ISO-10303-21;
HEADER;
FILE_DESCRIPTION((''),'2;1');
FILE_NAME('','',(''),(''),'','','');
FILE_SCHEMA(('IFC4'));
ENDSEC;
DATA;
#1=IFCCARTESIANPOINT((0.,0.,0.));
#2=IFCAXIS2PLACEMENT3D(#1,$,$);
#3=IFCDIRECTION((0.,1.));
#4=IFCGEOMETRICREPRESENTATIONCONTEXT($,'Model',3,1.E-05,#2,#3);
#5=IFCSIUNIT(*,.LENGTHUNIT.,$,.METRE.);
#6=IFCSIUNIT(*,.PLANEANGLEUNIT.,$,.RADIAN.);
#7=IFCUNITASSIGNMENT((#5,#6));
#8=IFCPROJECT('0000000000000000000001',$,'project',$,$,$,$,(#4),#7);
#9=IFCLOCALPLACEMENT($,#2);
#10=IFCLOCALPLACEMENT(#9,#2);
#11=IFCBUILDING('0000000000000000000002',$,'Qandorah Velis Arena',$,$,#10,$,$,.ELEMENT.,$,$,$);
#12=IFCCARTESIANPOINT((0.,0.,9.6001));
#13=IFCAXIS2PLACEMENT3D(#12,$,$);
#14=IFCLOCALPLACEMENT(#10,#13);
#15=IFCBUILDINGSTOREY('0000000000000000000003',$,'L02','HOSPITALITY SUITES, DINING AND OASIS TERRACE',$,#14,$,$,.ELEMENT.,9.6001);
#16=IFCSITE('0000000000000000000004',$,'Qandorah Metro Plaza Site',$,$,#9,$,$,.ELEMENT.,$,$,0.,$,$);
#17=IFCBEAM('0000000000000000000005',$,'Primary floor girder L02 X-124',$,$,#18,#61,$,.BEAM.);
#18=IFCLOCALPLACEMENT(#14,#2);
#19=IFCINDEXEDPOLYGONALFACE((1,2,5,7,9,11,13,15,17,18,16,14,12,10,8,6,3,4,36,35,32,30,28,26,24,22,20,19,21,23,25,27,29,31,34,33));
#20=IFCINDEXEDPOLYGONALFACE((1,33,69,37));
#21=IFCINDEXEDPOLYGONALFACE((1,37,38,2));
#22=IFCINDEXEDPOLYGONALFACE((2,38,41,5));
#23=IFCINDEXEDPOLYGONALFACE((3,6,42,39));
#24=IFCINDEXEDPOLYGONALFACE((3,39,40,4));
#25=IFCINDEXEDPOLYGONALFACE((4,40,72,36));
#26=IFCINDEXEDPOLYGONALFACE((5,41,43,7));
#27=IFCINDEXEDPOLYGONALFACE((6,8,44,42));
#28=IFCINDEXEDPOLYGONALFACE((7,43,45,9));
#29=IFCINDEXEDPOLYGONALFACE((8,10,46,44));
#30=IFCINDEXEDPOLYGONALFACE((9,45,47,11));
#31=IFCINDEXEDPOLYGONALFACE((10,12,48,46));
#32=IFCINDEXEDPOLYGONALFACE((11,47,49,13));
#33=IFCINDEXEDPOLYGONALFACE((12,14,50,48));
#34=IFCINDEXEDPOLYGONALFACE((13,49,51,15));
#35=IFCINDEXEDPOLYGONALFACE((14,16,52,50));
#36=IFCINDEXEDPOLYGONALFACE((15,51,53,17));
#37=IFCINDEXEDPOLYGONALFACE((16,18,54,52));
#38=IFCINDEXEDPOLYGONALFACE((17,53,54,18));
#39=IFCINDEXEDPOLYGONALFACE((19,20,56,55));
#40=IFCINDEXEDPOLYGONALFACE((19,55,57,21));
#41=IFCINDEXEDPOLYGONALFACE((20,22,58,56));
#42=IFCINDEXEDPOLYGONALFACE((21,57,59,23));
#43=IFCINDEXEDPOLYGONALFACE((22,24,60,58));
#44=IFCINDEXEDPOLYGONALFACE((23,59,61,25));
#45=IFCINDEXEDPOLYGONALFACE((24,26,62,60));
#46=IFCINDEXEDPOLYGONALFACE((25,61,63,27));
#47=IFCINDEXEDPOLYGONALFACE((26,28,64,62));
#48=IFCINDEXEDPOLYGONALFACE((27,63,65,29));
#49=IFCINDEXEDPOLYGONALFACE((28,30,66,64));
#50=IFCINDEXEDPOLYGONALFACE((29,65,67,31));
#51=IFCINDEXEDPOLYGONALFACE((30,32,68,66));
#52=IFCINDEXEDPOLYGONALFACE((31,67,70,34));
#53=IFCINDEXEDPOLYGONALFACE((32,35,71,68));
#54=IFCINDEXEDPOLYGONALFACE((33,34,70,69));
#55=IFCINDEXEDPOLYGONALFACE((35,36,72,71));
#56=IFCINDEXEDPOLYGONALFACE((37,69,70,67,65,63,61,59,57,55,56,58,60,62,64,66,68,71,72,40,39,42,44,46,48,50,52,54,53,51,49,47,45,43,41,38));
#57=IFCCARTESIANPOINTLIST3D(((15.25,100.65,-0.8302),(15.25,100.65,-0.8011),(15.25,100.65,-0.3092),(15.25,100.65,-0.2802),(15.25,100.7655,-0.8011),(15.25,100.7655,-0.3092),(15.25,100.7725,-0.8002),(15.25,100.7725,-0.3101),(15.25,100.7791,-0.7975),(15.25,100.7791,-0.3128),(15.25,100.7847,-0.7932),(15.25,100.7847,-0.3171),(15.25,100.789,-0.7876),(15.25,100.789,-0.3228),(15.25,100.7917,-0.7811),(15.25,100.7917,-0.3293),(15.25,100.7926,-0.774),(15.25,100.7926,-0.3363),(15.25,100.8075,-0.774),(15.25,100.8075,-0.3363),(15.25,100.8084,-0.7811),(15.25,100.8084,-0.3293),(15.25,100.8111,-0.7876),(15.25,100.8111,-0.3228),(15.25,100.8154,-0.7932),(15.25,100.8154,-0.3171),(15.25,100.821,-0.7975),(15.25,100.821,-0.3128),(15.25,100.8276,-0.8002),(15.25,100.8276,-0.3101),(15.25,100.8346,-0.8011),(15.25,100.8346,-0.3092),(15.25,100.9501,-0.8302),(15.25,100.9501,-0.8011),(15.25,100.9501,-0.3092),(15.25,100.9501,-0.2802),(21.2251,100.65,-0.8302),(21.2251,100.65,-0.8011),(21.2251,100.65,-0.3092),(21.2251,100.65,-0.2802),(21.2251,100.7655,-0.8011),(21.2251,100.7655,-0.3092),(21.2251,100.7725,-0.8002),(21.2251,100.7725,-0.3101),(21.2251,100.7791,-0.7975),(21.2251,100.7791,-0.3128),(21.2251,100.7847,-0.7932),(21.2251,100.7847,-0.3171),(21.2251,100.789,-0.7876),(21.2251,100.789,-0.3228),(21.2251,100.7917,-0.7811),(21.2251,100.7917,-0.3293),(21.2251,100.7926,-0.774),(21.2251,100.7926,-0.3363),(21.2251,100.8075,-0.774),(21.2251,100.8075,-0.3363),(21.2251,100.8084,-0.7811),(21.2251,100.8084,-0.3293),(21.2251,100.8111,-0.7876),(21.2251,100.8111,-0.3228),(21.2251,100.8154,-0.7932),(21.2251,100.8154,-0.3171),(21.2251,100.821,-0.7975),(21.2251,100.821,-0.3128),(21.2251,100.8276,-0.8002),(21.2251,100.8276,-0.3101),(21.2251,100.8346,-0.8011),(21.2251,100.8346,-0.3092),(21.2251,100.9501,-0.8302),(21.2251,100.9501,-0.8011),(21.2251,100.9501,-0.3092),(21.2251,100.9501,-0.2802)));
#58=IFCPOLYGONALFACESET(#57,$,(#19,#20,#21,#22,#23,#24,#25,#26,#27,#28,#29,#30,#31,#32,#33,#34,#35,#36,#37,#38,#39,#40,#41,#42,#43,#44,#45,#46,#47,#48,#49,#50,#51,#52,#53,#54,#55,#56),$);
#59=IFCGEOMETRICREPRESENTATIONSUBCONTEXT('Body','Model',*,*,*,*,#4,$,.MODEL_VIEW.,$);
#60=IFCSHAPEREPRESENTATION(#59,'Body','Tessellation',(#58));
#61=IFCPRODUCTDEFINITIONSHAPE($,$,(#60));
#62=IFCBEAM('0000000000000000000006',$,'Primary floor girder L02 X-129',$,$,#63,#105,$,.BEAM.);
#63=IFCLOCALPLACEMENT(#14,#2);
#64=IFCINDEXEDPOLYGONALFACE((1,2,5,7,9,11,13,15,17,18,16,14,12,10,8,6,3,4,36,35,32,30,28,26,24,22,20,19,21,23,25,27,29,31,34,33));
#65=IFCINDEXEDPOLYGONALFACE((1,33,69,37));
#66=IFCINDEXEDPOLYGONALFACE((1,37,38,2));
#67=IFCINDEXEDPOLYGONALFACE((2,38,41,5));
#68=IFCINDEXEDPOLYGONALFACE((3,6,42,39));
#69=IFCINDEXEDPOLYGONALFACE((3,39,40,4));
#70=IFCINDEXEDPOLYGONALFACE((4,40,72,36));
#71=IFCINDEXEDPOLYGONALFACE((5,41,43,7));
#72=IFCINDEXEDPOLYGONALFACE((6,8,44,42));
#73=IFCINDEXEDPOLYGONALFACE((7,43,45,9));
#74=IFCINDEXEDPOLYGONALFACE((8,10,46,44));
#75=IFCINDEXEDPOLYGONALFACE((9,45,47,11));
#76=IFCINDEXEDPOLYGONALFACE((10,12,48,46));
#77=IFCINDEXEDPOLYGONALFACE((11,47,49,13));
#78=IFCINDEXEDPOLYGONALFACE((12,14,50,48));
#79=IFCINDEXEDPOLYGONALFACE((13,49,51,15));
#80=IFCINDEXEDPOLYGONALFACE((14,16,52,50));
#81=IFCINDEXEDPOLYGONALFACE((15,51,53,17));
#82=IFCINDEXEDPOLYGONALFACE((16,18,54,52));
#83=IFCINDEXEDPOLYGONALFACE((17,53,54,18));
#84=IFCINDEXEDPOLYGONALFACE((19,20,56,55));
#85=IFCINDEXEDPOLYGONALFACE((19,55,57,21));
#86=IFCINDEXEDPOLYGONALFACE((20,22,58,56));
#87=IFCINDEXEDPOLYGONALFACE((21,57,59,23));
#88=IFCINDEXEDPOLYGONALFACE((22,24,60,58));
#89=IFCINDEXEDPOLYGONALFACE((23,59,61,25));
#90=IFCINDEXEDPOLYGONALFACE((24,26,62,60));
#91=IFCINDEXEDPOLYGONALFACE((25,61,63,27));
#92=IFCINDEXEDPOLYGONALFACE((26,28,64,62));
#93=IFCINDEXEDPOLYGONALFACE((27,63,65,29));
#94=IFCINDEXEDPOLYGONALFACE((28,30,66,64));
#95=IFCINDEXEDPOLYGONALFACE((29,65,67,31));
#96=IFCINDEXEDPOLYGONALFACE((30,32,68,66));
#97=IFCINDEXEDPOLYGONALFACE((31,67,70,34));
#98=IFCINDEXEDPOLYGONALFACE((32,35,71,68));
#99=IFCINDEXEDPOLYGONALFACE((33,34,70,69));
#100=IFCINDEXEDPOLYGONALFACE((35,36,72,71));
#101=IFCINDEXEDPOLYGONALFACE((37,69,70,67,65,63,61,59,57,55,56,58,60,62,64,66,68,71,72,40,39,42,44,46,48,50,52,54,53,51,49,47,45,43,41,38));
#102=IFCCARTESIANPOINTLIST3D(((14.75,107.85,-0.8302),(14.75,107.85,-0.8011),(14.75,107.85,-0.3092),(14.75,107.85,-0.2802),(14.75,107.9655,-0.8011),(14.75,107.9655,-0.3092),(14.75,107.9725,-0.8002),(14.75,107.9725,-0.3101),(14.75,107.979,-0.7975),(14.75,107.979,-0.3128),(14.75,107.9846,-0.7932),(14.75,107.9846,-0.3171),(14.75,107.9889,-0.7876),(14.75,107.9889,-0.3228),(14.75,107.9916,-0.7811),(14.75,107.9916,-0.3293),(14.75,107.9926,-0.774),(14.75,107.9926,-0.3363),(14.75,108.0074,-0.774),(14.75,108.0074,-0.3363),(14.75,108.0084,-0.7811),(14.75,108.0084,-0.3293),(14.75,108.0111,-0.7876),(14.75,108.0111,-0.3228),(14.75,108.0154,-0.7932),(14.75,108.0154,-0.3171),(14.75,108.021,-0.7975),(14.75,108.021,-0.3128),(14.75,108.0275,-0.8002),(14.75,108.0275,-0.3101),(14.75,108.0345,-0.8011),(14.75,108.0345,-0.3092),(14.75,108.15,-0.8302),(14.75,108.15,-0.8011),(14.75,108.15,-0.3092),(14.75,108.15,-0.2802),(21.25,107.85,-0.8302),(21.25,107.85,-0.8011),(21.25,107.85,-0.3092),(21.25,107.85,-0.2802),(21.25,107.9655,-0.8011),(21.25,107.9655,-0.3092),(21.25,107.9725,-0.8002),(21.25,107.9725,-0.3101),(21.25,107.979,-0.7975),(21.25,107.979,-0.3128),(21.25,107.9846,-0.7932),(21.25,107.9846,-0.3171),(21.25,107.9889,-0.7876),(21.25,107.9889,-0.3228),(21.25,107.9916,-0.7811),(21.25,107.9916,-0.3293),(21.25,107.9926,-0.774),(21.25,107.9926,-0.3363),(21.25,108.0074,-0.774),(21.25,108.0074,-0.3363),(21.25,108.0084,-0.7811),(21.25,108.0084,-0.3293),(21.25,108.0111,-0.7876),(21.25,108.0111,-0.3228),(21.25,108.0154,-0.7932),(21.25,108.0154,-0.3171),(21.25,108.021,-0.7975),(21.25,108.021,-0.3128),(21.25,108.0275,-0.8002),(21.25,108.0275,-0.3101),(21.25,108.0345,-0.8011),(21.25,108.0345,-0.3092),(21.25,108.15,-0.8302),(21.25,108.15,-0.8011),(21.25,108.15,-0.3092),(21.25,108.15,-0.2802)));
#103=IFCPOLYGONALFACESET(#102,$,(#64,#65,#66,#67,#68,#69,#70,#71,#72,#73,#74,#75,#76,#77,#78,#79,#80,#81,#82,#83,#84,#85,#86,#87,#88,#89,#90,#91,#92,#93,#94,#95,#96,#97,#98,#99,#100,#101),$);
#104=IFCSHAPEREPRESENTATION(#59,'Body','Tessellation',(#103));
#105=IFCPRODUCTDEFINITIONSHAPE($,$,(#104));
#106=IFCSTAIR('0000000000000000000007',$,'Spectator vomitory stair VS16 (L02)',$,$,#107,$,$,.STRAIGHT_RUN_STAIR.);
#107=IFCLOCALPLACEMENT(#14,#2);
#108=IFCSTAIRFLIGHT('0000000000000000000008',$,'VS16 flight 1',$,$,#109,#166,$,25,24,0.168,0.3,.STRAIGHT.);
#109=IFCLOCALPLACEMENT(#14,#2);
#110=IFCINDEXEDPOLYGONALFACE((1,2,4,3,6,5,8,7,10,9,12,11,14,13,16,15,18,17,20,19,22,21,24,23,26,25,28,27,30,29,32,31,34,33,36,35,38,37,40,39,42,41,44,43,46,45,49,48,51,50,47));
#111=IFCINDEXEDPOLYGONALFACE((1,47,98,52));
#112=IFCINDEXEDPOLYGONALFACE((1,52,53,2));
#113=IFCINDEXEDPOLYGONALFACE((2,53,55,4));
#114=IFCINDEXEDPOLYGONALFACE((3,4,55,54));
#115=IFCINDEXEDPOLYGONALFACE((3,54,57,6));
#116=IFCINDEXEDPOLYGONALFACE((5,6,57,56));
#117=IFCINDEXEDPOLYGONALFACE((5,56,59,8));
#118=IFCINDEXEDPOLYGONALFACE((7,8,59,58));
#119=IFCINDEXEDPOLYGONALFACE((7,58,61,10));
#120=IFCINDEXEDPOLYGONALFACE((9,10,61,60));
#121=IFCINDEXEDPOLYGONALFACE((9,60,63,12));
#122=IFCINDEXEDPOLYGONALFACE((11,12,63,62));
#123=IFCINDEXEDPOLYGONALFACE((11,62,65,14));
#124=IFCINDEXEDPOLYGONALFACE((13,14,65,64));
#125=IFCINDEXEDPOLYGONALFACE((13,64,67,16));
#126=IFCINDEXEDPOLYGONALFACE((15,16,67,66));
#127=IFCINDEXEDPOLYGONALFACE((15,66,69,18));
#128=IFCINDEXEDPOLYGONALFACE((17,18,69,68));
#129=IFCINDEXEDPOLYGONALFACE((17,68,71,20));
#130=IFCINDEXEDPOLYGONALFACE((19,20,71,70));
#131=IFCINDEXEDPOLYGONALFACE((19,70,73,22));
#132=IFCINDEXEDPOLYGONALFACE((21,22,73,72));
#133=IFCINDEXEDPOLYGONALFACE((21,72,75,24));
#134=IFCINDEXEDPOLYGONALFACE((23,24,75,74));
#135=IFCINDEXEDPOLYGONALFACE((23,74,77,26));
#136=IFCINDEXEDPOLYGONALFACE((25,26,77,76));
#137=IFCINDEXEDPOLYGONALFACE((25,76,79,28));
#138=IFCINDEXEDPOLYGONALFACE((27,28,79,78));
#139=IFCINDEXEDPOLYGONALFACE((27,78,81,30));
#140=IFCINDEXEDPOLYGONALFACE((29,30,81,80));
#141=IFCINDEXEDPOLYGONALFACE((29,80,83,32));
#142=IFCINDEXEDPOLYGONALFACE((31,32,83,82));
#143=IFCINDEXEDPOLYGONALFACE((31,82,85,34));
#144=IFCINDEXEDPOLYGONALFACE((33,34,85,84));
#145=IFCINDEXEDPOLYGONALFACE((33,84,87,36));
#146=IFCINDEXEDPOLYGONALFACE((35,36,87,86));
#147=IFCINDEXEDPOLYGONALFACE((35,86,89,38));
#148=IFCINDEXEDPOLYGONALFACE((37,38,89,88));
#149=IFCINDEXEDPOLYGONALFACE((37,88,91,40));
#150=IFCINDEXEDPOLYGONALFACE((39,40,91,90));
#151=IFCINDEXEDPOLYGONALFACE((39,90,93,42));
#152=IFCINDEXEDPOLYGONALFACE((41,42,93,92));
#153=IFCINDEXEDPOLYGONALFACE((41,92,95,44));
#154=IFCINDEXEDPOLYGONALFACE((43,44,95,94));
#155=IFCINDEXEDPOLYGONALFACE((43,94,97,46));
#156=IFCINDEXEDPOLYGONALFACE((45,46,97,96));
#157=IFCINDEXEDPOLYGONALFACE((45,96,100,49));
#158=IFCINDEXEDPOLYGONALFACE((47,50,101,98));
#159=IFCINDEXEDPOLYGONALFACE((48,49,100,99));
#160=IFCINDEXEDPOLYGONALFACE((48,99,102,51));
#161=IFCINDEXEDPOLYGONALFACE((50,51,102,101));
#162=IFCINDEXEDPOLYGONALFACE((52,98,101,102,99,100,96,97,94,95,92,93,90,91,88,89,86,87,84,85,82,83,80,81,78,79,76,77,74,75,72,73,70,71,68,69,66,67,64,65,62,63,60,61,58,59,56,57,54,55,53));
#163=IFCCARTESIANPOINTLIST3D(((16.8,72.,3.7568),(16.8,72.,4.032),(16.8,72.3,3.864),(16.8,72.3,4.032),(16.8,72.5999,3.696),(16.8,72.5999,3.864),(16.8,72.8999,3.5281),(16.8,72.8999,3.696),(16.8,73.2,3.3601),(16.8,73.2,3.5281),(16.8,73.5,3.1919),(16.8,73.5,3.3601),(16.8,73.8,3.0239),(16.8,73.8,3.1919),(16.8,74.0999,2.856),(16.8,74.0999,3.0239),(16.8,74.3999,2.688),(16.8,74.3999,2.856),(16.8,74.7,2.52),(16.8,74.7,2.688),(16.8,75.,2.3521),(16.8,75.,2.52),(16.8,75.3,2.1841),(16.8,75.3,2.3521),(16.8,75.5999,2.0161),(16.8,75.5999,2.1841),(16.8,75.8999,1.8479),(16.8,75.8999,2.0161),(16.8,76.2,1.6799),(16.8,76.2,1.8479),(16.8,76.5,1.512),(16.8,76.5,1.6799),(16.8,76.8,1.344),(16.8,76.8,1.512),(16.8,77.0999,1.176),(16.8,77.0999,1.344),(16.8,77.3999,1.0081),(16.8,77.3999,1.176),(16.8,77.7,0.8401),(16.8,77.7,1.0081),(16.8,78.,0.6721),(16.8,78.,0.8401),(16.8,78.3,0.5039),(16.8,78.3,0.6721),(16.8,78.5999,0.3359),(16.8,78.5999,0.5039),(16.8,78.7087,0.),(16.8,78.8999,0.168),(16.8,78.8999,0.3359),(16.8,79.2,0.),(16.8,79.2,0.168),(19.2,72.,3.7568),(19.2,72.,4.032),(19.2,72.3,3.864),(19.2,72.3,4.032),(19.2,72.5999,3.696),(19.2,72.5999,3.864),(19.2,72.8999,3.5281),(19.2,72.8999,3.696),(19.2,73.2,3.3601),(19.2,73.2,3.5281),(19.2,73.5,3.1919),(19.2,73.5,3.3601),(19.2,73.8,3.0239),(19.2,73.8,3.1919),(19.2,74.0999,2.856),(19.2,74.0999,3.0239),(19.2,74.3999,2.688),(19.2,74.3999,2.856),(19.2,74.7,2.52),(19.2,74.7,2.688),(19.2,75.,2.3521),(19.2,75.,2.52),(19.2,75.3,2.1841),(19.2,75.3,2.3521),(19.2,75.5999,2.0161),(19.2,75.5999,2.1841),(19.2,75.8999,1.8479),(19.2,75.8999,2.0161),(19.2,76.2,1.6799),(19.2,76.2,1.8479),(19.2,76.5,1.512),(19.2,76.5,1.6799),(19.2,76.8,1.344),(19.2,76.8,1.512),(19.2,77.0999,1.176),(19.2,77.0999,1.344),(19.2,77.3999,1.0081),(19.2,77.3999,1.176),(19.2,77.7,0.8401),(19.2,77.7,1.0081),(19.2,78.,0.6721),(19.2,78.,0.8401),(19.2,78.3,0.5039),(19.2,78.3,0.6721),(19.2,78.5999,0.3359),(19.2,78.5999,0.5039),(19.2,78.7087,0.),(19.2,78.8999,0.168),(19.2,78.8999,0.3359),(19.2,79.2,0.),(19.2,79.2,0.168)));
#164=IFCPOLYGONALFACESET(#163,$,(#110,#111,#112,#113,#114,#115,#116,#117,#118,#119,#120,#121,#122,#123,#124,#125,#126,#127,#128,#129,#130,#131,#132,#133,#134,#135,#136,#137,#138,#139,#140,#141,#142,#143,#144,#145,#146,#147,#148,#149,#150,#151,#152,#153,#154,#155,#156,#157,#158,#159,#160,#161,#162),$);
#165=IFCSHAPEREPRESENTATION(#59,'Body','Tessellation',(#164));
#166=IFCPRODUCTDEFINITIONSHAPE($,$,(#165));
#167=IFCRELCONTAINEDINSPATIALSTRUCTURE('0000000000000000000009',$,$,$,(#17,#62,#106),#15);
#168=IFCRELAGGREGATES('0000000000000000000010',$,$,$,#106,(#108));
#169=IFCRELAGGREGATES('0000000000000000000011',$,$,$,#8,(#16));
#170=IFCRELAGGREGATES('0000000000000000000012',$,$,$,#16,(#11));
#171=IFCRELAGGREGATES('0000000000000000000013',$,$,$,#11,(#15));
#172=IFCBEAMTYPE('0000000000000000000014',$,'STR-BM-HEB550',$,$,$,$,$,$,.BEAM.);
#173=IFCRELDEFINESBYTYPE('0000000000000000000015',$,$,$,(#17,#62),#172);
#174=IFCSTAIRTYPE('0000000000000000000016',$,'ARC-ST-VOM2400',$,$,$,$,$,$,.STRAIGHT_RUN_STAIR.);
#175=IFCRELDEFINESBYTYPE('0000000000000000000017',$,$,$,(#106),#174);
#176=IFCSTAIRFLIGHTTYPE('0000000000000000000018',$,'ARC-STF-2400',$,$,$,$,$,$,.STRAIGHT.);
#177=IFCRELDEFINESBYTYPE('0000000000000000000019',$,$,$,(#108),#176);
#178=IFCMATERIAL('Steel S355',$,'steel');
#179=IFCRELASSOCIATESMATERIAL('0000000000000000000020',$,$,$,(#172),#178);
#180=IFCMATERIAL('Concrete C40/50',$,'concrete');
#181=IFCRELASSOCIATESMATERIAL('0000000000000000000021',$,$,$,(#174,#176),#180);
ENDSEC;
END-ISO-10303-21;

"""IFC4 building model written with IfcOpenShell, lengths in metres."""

from ifc_helpers import new_model, si_unit, direction, frame, origin, origin_2d, place, context, subcontext, project, spatial, polyline, i_section, outline, extrude, material, material_profile, profile_set, type_object, element, aggregate, save


model = new_model("IFC4")

# Units and contexts
model_context = context("Model", 3, precision=1e-05, world=origin(), true_north=direction((0.0, 1.0)))
body_context = subcontext(model_context, "Body", "Model", "MODEL_VIEW")
ifc_project = project(units=[si_unit("LENGTHUNIT", "METRE"), si_unit("PLANEANGLEUNIT", "RADIAN")], contexts=[model_context])

# Site, building, storey
site_placement = place(None, origin())
site = spatial("IfcSite", under=ifc_project, at=site_placement, Name="Qandorah Metro Plaza Site", CompositionType="ELEMENT", RefElevation=0.0)
building_placement = place(site_placement, origin())
building = spatial("IfcBuilding", under=site, at=building_placement, Name="Qandorah Velis Arena", CompositionType="ELEMENT")
storey_placement = place(building_placement, frame((0.0, 0.0, 9.6001)))
storey = spatial("IfcBuildingStorey", under=building, at=storey_placement, Name="L02", Description="HOSPITALITY SUITES, DINING AND OASIS TERRACE", CompositionType="ELEMENT", Elevation=9.6001)

# Shared definitions
ifc_material_1 = material(Name="Concrete C40/50", Category="concrete")
ifc_material_2 = material(Name="Steel S355", Category="steel")

# Beams
ifc_material_profile_1 = material_profile(ifc_material_2, i_section(OverallWidth=0.3, OverallDepth=0.55, WebThickness=0.0149, FlangeThickness=0.0291, FilletRadius=0.0271, at=origin_2d()), Name="HEB 550")
ifc_profile_set_1 = profile_set([ifc_material_profile_1], Name="Steel S355")
beam_type_1 = type_object("IfcBeamType", Name="STR-BM-HEB550", PredefinedType="BEAM", material=ifc_profile_set_1)
beam_1_placement = place(storey_placement, frame((15.25, 100.8, -0.5552), z_axis=(1.0, 0.0, 0.0), x_axis=(0.0, 1.0, 0.0)))
element("IfcBeam", 1, at=beam_1_placement, inside=storey, type_object=beam_type_1, Name="Primary floor girder L02 X-124", PredefinedType="BEAM", context=body_context, shape_type="SweptSolid", body=[
    extrude(i_section(OverallWidth=0.3, OverallDepth=0.55, WebThickness=0.0149, FlangeThickness=0.0291, FilletRadius=0.0271, at=origin_2d()), origin(), (0.0, 0.0, 1.0), 5.9751),
])
beam_2_placement = place(storey_placement, frame((14.75, 108.0, -0.5552), z_axis=(1.0, 0.0, 0.0), x_axis=(0.0, 1.0, 0.0)))
element("IfcBeam", 2, at=beam_2_placement, inside=storey, type_object=beam_type_1, Name="Primary floor girder L02 X-129", PredefinedType="BEAM", context=body_context, shape_type="SweptSolid", body=[
    extrude(i_section(OverallWidth=0.3, OverallDepth=0.55, WebThickness=0.0149, FlangeThickness=0.0291, FilletRadius=0.0271, at=origin_2d()), origin(), (0.0, 0.0, 1.0), 6.5),
])

# Stair, stair flight
stair_type = type_object("IfcStairType", Name="ARC-ST-VOM2400", PredefinedType="STRAIGHT_RUN_STAIR", material=ifc_material_1)
stair_placement = place(storey_placement, origin())
stair = element("IfcStair", 3, at=stair_placement, inside=storey, type_object=stair_type, Name="Spectator vomitory stair VS16 (L02)", PredefinedType="STRAIGHT_RUN_STAIR")
stair_flight_type = type_object("IfcStairFlightType", Name="ARC-STF-2400", PredefinedType="STRAIGHT", material=ifc_material_1)
stair_flight_placement = place(storey_placement, frame((18.0, 79.2, 0.0), z_axis=(0.0, 0.0, 1.0), x_axis=(0.0, -1.0, 0.0)))
stair_flight = element("IfcStairFlight", 4, at=stair_flight_placement, type_object=stair_flight_type, Name="VS16 flight 1", NumberOfRisers=25, NumberOfTreads=24, PredefinedType="STRAIGHT", RiserHeight=0.168, TreadLength=0.3, context=body_context, shape_type="SweptSolid", body=[
    extrude(outline(polyline([(0.0, 0.0), (0.0, 0.168), (0.3, 0.168), (0.3, 0.3359), (0.6001, 0.3359), (0.6001, 0.5039), (0.8999, 0.5039), (0.8999, 0.6721), (1.2, 0.6721), (1.2, 0.8401), (1.5, 0.8401), (1.5, 1.0081), (1.8, 1.0081), (1.8, 1.176), (2.1001, 1.176), (2.1001, 1.344), (2.3999, 1.344), (2.3999, 1.512), (2.7, 1.512), (2.7, 1.6799), (3.0, 1.6799), (3.0, 1.8479), (3.3, 1.8479), (3.3, 2.0161), (3.6001, 2.0161), (3.6001, 2.1841), (3.8999, 2.1841), (3.8999, 2.3521), (4.2, 2.3521), (4.2, 2.52), (4.5, 2.52), (4.5, 2.688), (4.8, 2.688), (4.8, 2.856), (5.1001, 2.856), (5.1001, 3.0239), (5.3999, 3.0239), (5.3999, 3.1919), (5.7, 3.1919), (5.7, 3.3601), (6.0, 3.3601), (6.0, 3.5281), (6.3, 3.5281), (6.3, 3.696), (6.6001, 3.696), (6.6001, 3.864), (6.8999, 3.864), (6.8999, 4.032), (7.2, 4.032), (7.2, 4.2), (7.2, 3.7568), (0.4912, 0.0), (0.0, 0.0)])), frame((0.0, 1.2, 0.0), z_axis=(0.0, -1.0, 0.0), x_axis=(1.0, 0.0, 0.0)), (0.0, 0.0, 1.0), 2.3999),
])
aggregate(stair, [stair_flight])

save(model, "model.ifc")
